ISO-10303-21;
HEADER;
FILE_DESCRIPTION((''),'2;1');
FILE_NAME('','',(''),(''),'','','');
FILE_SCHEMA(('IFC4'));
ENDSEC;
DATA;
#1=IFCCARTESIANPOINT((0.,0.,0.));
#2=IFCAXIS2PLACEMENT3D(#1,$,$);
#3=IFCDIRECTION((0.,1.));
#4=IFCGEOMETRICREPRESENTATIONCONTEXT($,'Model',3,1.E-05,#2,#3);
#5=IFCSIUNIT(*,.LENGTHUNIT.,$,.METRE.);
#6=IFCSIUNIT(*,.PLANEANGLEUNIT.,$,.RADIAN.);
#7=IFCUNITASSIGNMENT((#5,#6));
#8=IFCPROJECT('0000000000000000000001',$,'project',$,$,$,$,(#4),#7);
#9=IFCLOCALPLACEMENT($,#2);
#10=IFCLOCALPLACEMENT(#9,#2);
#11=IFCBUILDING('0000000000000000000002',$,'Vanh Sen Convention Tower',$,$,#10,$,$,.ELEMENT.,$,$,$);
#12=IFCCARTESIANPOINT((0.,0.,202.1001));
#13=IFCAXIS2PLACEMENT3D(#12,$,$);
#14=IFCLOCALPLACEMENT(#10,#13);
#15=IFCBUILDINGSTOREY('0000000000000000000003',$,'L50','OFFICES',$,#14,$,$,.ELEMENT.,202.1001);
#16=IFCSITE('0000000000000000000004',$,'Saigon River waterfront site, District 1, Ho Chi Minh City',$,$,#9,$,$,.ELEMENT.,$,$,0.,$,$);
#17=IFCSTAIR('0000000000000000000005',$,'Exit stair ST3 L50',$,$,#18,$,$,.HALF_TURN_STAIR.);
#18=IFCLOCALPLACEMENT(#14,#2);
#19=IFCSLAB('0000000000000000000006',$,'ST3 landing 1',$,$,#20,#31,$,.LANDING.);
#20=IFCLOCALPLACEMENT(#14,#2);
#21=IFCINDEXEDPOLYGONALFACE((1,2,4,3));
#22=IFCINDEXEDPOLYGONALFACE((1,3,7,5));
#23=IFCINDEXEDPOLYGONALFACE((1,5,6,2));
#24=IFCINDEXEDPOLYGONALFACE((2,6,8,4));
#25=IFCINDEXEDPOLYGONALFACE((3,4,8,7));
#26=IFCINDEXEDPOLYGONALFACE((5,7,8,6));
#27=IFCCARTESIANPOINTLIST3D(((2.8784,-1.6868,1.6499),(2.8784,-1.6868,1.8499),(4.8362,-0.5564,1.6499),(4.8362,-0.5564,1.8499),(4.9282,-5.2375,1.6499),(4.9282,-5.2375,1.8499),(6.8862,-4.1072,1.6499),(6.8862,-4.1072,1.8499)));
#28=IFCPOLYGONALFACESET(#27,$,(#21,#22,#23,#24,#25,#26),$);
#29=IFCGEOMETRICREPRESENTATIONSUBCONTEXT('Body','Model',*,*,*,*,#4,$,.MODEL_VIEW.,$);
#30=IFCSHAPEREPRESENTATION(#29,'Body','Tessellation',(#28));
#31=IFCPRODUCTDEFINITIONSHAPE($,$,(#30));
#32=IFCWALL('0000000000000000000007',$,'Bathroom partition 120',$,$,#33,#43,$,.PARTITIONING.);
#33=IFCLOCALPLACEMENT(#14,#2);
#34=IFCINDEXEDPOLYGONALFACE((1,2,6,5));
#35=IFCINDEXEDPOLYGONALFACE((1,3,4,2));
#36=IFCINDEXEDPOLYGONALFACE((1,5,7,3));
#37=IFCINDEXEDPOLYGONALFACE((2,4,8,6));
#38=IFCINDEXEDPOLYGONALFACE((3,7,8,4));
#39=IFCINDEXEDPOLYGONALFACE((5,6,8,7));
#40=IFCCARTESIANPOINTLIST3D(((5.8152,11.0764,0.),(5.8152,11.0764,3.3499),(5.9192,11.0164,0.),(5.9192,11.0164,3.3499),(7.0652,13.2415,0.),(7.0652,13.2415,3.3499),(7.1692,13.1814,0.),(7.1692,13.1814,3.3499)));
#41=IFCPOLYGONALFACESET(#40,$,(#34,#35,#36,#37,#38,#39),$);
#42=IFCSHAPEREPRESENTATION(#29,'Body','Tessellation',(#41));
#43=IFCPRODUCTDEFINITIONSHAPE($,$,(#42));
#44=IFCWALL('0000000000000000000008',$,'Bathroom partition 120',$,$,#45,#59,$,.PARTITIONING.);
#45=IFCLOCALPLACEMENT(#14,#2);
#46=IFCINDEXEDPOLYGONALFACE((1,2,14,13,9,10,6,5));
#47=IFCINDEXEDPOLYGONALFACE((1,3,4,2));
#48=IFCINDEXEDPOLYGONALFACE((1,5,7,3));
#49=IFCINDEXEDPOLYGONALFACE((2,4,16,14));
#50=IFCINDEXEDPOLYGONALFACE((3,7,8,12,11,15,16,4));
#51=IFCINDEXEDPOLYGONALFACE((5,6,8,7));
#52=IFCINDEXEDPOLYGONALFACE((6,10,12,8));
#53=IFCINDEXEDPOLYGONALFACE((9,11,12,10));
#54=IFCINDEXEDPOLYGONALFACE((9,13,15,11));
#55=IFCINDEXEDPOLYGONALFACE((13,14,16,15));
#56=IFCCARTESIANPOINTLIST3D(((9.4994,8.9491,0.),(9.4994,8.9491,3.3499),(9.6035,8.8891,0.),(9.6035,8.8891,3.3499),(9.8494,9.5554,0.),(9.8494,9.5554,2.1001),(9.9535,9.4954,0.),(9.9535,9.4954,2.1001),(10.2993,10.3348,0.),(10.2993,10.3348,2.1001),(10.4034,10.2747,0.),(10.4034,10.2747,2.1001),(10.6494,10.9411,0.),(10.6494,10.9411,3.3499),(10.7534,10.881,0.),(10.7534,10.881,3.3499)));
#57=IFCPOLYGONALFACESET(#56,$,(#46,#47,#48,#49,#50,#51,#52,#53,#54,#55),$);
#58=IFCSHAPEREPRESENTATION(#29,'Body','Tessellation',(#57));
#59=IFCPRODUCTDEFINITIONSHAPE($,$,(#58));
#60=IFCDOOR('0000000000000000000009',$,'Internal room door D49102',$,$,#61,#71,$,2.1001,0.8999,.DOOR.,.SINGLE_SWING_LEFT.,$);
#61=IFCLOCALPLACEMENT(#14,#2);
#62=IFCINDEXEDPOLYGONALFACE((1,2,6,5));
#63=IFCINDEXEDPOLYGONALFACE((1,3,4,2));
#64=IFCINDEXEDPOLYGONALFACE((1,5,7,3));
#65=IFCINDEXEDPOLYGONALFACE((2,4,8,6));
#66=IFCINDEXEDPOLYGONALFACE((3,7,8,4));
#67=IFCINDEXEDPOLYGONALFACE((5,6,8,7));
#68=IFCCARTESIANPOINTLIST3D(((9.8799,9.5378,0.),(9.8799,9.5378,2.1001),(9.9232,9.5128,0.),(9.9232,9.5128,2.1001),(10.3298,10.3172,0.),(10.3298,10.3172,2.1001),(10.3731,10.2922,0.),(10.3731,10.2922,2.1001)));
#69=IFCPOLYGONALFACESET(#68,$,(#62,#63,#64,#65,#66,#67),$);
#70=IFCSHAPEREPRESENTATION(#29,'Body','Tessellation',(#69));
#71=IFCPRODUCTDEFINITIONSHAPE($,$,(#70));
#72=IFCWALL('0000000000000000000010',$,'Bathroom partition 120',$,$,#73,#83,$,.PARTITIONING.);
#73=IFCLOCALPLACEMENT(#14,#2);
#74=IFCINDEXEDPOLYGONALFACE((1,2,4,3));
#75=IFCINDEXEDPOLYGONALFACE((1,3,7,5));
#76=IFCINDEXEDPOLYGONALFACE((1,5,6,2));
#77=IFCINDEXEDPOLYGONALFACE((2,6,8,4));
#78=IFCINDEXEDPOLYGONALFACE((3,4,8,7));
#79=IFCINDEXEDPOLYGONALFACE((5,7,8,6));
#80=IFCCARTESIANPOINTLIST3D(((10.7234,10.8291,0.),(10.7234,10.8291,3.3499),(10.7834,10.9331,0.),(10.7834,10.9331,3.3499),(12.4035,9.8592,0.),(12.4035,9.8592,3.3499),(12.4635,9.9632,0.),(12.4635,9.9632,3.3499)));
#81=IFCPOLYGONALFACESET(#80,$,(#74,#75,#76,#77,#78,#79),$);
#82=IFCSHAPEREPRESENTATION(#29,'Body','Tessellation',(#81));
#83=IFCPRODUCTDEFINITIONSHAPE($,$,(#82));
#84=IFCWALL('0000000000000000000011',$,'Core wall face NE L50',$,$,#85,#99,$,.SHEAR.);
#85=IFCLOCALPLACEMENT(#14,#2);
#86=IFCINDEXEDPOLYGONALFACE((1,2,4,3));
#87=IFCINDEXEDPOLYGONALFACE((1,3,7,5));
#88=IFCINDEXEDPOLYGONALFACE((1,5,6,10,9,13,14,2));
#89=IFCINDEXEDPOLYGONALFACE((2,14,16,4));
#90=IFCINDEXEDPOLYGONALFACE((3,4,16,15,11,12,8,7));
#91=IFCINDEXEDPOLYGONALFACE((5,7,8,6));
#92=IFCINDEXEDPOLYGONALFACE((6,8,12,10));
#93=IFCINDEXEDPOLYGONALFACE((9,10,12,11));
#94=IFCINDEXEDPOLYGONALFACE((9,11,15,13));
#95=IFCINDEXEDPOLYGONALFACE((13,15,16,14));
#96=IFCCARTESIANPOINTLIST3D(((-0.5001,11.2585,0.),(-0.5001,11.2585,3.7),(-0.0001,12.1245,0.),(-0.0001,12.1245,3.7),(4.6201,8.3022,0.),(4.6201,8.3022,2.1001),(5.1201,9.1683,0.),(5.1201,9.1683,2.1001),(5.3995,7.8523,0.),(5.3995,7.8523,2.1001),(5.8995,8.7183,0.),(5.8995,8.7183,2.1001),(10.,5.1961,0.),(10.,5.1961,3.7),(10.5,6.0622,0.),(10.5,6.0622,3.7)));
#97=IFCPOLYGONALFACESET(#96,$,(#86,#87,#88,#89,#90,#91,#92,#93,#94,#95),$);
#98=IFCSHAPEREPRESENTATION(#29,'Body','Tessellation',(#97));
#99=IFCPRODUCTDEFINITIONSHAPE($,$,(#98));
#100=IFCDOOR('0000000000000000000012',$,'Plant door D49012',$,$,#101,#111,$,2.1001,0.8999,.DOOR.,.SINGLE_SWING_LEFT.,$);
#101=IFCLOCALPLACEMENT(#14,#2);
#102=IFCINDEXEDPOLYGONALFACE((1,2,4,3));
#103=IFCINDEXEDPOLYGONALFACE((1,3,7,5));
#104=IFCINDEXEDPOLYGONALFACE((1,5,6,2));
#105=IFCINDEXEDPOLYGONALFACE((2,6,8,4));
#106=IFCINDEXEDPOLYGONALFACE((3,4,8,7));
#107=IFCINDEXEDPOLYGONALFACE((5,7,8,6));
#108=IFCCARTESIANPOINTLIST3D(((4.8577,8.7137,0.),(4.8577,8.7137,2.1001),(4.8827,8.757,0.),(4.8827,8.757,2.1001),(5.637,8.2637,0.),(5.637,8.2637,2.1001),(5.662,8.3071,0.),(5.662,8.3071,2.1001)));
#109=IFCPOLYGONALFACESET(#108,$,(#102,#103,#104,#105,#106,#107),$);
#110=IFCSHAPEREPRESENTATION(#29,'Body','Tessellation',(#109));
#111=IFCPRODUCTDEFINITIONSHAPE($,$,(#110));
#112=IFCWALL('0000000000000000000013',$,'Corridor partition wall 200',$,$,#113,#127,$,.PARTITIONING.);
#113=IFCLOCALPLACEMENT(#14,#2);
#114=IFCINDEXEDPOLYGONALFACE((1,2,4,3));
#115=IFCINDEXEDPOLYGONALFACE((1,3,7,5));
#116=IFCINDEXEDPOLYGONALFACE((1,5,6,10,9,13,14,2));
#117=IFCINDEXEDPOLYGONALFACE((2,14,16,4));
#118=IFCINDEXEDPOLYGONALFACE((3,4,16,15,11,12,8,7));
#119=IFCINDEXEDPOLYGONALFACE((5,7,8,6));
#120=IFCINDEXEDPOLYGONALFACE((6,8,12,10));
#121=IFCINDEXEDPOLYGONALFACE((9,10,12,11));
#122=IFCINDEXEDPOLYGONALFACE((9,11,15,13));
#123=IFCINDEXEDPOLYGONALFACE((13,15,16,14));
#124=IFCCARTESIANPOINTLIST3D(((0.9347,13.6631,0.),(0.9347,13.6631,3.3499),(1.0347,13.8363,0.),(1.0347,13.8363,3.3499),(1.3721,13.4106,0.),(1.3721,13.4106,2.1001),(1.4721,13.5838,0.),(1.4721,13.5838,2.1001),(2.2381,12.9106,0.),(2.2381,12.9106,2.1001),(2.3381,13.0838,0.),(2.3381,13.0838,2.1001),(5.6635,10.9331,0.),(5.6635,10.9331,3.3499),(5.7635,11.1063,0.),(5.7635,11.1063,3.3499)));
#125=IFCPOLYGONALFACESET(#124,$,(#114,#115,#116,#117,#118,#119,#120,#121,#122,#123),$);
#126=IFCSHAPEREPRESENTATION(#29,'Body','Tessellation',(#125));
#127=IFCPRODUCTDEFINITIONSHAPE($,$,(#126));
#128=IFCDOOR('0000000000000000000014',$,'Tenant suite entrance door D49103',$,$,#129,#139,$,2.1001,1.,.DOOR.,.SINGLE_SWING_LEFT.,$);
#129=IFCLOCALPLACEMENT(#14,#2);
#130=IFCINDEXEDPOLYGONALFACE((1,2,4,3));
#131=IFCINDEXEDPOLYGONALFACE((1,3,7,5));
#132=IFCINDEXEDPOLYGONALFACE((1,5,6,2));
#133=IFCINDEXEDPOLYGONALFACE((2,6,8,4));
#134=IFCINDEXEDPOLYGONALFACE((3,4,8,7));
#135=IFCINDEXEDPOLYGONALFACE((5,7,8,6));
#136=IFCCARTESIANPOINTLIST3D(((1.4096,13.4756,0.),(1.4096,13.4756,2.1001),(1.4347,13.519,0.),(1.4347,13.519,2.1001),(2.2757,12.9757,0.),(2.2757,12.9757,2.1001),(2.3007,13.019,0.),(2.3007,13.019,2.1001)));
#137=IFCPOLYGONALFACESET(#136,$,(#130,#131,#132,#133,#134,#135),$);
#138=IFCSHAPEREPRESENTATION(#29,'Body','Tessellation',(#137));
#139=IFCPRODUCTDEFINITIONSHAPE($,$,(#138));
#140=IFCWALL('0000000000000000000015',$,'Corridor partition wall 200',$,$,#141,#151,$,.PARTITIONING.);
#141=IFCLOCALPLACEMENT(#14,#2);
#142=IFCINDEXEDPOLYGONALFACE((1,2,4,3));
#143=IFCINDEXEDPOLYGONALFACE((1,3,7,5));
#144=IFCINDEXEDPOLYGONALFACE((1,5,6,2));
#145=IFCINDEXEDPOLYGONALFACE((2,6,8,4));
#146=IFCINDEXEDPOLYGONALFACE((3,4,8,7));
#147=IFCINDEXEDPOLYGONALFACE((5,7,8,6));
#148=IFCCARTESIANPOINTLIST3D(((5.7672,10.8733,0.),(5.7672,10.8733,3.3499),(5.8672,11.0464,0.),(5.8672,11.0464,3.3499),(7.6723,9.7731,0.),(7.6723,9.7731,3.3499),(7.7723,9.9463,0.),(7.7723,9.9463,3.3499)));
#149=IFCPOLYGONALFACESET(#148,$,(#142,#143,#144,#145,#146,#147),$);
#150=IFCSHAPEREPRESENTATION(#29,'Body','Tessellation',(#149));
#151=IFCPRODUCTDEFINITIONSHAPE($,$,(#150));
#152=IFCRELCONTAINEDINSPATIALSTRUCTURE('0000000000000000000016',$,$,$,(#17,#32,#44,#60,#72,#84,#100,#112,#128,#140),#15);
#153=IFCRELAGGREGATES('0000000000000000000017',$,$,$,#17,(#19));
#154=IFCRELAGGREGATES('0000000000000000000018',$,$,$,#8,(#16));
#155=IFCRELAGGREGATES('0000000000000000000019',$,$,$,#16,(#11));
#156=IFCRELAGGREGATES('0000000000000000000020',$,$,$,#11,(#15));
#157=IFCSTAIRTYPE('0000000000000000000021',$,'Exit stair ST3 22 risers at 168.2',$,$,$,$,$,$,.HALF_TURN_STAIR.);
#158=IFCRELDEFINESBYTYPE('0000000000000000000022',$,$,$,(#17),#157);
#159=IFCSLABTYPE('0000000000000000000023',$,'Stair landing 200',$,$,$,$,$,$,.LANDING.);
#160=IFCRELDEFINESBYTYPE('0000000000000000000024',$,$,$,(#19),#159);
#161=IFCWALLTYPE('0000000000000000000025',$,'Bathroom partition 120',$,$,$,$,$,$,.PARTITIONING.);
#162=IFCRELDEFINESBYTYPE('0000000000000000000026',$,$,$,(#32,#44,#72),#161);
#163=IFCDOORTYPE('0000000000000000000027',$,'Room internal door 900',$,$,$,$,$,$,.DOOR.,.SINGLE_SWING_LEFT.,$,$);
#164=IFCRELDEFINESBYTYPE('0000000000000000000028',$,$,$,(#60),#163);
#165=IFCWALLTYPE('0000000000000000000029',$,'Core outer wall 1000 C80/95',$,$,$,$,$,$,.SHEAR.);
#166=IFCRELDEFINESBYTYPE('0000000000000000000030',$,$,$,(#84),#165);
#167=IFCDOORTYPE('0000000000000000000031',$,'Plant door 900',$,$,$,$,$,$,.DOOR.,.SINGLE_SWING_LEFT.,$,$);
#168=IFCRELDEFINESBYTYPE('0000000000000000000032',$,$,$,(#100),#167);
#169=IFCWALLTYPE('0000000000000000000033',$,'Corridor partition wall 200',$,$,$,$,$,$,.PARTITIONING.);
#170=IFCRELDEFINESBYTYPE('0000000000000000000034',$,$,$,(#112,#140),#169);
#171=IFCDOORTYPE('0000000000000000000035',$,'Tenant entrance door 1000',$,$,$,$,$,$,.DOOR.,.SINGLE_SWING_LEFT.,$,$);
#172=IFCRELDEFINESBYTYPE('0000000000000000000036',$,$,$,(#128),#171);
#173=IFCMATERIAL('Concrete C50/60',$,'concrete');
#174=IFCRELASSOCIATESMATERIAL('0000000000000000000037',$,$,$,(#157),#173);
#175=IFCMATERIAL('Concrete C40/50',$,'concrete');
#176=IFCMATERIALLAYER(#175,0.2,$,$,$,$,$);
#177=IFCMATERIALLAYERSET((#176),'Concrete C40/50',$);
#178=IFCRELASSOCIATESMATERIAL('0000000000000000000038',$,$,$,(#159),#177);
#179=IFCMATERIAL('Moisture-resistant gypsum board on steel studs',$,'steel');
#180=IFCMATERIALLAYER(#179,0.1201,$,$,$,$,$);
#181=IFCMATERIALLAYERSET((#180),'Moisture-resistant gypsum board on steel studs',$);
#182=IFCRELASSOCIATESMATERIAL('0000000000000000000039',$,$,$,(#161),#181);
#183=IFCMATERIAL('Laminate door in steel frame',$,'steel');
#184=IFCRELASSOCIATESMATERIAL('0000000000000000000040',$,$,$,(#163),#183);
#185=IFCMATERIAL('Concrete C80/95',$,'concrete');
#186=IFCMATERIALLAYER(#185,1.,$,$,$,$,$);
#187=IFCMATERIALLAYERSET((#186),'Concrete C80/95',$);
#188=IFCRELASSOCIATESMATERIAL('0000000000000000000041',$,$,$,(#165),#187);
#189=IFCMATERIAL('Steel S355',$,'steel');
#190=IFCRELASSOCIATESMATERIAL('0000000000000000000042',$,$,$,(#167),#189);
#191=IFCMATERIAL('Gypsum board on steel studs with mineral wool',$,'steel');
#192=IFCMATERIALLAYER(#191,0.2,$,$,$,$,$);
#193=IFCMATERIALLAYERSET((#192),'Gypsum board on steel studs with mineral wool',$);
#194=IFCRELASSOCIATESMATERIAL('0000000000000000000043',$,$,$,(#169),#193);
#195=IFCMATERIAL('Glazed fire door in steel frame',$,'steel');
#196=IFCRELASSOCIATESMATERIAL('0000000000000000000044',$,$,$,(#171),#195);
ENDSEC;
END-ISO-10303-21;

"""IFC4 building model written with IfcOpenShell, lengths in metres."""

from ifc_helpers import new_model, si_unit, direction, frame, frame_2d, origin, place, context, subcontext, project, spatial, polyline, rectangle, outline, extrude, material, layer, layer_set, type_object, element, fill, aggregate, save


model = new_model("IFC4")

# Units and contexts
model_context = context("Model", 3, precision=1e-05, world=origin(), true_north=direction((0.0, 1.0)))
body_context = subcontext(model_context, "Body", "Model", "MODEL_VIEW")
ifc_project = project(units=[si_unit("LENGTHUNIT", "METRE"), si_unit("PLANEANGLEUNIT", "RADIAN")], contexts=[model_context])

# Site, building, storey
site_placement = place(None, origin())
site = spatial("IfcSite", under=ifc_project, at=site_placement, Name="Saigon River waterfront site, District 1, Ho Chi Minh City", CompositionType="ELEMENT", RefElevation=0.0)
building_placement = place(site_placement, origin())
building = spatial("IfcBuilding", under=site, at=building_placement, Name="Vanh Sen Convention Tower", CompositionType="ELEMENT")
storey_placement = place(building_placement, frame((0.0, 0.0, 202.1001)))
storey = spatial("IfcBuildingStorey", under=building, at=storey_placement, Name="L50", Description="OFFICES", CompositionType="ELEMENT", Elevation=202.1001)

# Stair, slab
ifc_material_1 = material(Name="Concrete C50/60", Category="concrete")
stair_type = type_object("IfcStairType", Name="Exit stair ST3 22 risers at 168.2", PredefinedType="HALF_TURN_STAIR", material=ifc_material_1)
stair_placement = place(storey_placement, origin())
stair = element("IfcStair", 1, at=stair_placement, inside=storey, type_object=stair_type, Name="Exit stair ST3 L50", PredefinedType="HALF_TURN_STAIR")
ifc_material_2 = material(Name="Concrete C40/50", Category="concrete")
ifc_layer_1 = layer(ifc_material_2, 0.2)
ifc_layer_set_1 = layer_set([ifc_layer_1], Name="Concrete C40/50")
slab_type = type_object("IfcSlabType", Name="Stair landing 200", PredefinedType="LANDING", material=ifc_layer_set_1)
slab_placement = place(storey_placement, frame((0.0, 0.0, 1.6499)))
slab = element("IfcSlab", 2, at=slab_placement, type_object=slab_type, Name="ST3 landing 1", PredefinedType="LANDING", context=body_context, shape_type="SweptSolid", body=[
    extrude(outline(polyline([(4.9282, -5.2375), (6.8862, -4.1072), (4.8362, -0.5564), (2.8784, -1.6868), (4.9282, -5.2375)])), origin(), (0.0, 0.0, 1.0), 0.2),
])
aggregate(stair, [slab])

# Wall
ifc_material_3 = material(Name="Moisture-resistant gypsum board on steel studs", Category="steel")
ifc_layer_2 = layer(ifc_material_3, 0.1201)
ifc_layer_set_2 = layer_set([ifc_layer_2], Name="Moisture-resistant gypsum board on steel studs")
wall_type_1 = type_object("IfcWallType", Name="Bathroom partition 120", PredefinedType="PARTITIONING", material=ifc_layer_set_2)
wall_1_placement = place(storey_placement, frame((5.8672, 11.0464, 0.0), z_axis=(0.0, 0.0, 1.0), x_axis=(0.500004, 0.866023, 0.0)))
element("IfcWall", 3, at=wall_1_placement, inside=storey, type_object=wall_type_1, Name="Bathroom partition 120", PredefinedType="PARTITIONING", context=body_context, shape_type="SweptSolid", body=[
    extrude(rectangle(XDim=2.5, YDim=0.1201, at=frame_2d((1.25, 0.0))), origin(), (0.0, 0.0, 1.0), 3.3499),
])

# Wall, opening, door
wall_2_placement = place(storey_placement, frame((9.5515, 8.9192, 0.0), z_axis=(0.0, 0.0, 1.0), x_axis=(0.499952, 0.866053, 0.0)))
wall_2 = element("IfcWall", 4, at=wall_2_placement, inside=storey, type_object=wall_type_1, Name="Bathroom partition 120", PredefinedType="PARTITIONING", context=body_context, shape_type="SweptSolid", body=[
    extrude(rectangle(XDim=2.3, YDim=0.1201, at=frame_2d((1.1499, 0.0))), origin(), (0.0, 0.0, 1.0), 3.3499),
])
opening_1_placement = place(wall_2_placement, frame((0.7, 0.0, 0.0)))
opening_1 = element("IfcOpeningElement", 5, at=opening_1_placement, cuts=wall_2, PredefinedType="OPENING", context=body_context, shape_type="SweptSolid", body=[
    extrude(rectangle(XDim=0.8999, YDim=2.1001, at=frame_2d((0.45, 1.05))), frame((0.0, 0.0701, 0.0), z_axis=(0.0, -1.0, 0.0), x_axis=(1.0, 0.0, 0.0)), (0.0, 0.0, 1.0), 0.1401),
])
ifc_material_4 = material(Name="Laminate door in steel frame", Category="steel")
door_type_1 = type_object("IfcDoorType", Name="Room internal door 900", OperationType="SINGLE_SWING_LEFT", PredefinedType="DOOR", material=ifc_material_4)
door_1_placement = place(opening_1_placement, origin())
door_1 = element("IfcDoor", 6, at=door_1_placement, inside=storey, type_object=door_type_1, Name="Internal room door D49102", OperationType="SINGLE_SWING_LEFT", OverallHeight=2.1001, OverallWidth=0.8999, PredefinedType="DOOR", context=body_context, shape_type="SweptSolid", body=[
    extrude(rectangle(XDim=0.8999, YDim=2.1001, at=frame_2d((0.45, 1.05))), frame((0.0, 0.0249, 0.0), z_axis=(0.0, -1.0, 0.0), x_axis=(1.0, 0.0, 0.0)), (0.0, 0.0, 1.0), 0.05),
])
fill(opening_1, door_1)

# Wall
wall_3_placement = place(storey_placement, frame((10.7534, 10.8811, 0.0), z_axis=(0.0, 0.0, 1.0), x_axis=(0.866043, -0.499969, 0.0)))
element("IfcWall", 7, at=wall_3_placement, inside=storey, type_object=wall_type_1, Name="Bathroom partition 120", PredefinedType="PARTITIONING", context=body_context, shape_type="SweptSolid", body=[
    extrude(rectangle(XDim=1.9399, YDim=0.1201, at=frame_2d((0.97, 0.0))), origin(), (0.0, 0.0, 1.0), 3.3499),
])

# Walls, openings, doors
ifc_material_5 = material(Name="Concrete C80/95", Category="concrete")
ifc_layer_3 = layer(ifc_material_5, 1.0)
ifc_layer_set_3 = layer_set([ifc_layer_3], Name="Concrete C80/95")
wall_type_2 = type_object("IfcWallType", Name="Core outer wall 1000 C80/95", PredefinedType="SHEAR", material=ifc_layer_set_3)
wall_4_placement = place(storey_placement, frame((10.25, 5.6292, 0.0), z_axis=(0.0, 0.0, 1.0), x_axis=(-0.866023, 0.500005, 0.0)))
wall_4 = element("IfcWall", 8, at=wall_4_placement, inside=storey, type_object=wall_type_2, Name="Core wall face NE L50", PredefinedType="SHEAR", context=body_context, shape_type="SweptSolid", body=[
    extrude(rectangle(XDim=12.1245, YDim=1.0, at=frame_2d((6.0623, 0.0))), origin(), (0.0, 0.0, 1.0), 3.7),
])
opening_2_placement = place(wall_4_placement, frame((5.3123, 0.0, 0.0)))
opening_2 = element("IfcOpeningElement", 9, at=opening_2_placement, cuts=wall_4, PredefinedType="OPENING", context=body_context, shape_type="SweptSolid", body=[
    extrude(rectangle(XDim=0.8999, YDim=2.1001, at=frame_2d((0.45, 1.05))), frame((0.0, 0.51, 0.0), z_axis=(0.0, -1.0, 0.0), x_axis=(1.0, 0.0, 0.0)), (0.0, 0.0, 1.0), 1.02),
])
ifc_material_6 = material(Name="Steel S355", Category="steel")
door_type_2 = type_object("IfcDoorType", Name="Plant door 900", OperationType="SINGLE_SWING_LEFT", PredefinedType="DOOR", material=ifc_material_6)
door_2_placement = place(opening_2_placement, origin())
door_2 = element("IfcDoor", 10, at=door_2_placement, inside=storey, type_object=door_type_2, Name="Plant door D49012", OperationType="SINGLE_SWING_LEFT", OverallHeight=2.1001, OverallWidth=0.8999, PredefinedType="DOOR", context=body_context, shape_type="SweptSolid", body=[
    extrude(rectangle(XDim=0.8999, YDim=2.1001, at=frame_2d((0.45, 1.05))), frame((0.0, 0.0249, 0.0), z_axis=(0.0, -1.0, 0.0), x_axis=(1.0, 0.0, 0.0)), (0.0, 0.0, 1.0), 0.05),
])
fill(opening_2, door_2)
ifc_material_7 = material(Name="Gypsum board on steel studs with mineral wool", Category="steel")
ifc_layer_4 = layer(ifc_material_7, 0.2)
ifc_layer_set_4 = layer_set([ifc_layer_4], Name="Gypsum board on steel studs with mineral wool")
wall_type_3 = type_object("IfcWallType", Name="Corridor partition wall 200", PredefinedType="PARTITIONING", material=ifc_layer_set_4)
wall_5_placement = place(storey_placement, frame((5.7134, 11.0198, 0.0), z_axis=(0.0, 0.0, 1.0), x_axis=(-0.866039, 0.499977, 0.0)))
wall_5 = element("IfcWall", 11, at=wall_5_placement, inside=storey, type_object=wall_type_3, Name="Corridor partition wall 200", PredefinedType="PARTITIONING", context=body_context, shape_type="SweptSolid", body=[
    extrude(rectangle(XDim=5.4602, YDim=0.2, at=frame_2d((2.73, 0.0))), origin(), (0.0, 0.0, 1.0), 3.3499),
])
opening_3_placement = place(wall_5_placement, frame((3.9551, 0.0, 0.0)))
opening_3 = element("IfcOpeningElement", 12, at=opening_3_placement, cuts=wall_5, PredefinedType="OPENING", context=body_context, shape_type="SweptSolid", body=[
    extrude(rectangle(XDim=1.0, YDim=2.1001, at=frame_2d((0.5, 1.05))), frame((0.0, 0.1099, 0.0), z_axis=(0.0, -1.0, 0.0), x_axis=(1.0, 0.0, 0.0)), (0.0, 0.0, 1.0), 0.22),
])
ifc_material_8 = material(Name="Glazed fire door in steel frame", Category="steel")
door_type_3 = type_object("IfcDoorType", Name="Tenant entrance door 1000", OperationType="SINGLE_SWING_LEFT", PredefinedType="DOOR", material=ifc_material_8)
door_3_placement = place(opening_3_placement, origin())
door_3 = element("IfcDoor", 13, at=door_3_placement, inside=storey, type_object=door_type_3, Name="Tenant suite entrance door D49103", OperationType="SINGLE_SWING_LEFT", OverallHeight=2.1001, OverallWidth=1.0, PredefinedType="DOOR", context=body_context, shape_type="SweptSolid", body=[
    extrude(rectangle(XDim=1.0, YDim=2.1001, at=frame_2d((0.5, 1.05))), frame((0.0, 0.0249, 0.0), z_axis=(0.0, -1.0, 0.0), x_axis=(1.0, 0.0, 0.0)), (0.0, 0.0, 1.0), 0.05),
])
fill(opening_3, door_3)

# Wall
wall_6_placement = place(storey_placement, frame((7.7224, 9.8596, 0.0), z_axis=(0.0, 0.0, 1.0), x_axis=(-0.86598, 0.500078, 0.0)))
element("IfcWall", 14, at=wall_6_placement, inside=storey, type_object=wall_type_3, Name="Corridor partition wall 200", PredefinedType="PARTITIONING", context=body_context, shape_type="SweptSolid", body=[
    extrude(rectangle(XDim=2.2, YDim=0.2, at=frame_2d((1.1001, 0.0))), origin(), (0.0, 0.0, 1.0), 3.3499),
])

save(model, "model.ifc")
